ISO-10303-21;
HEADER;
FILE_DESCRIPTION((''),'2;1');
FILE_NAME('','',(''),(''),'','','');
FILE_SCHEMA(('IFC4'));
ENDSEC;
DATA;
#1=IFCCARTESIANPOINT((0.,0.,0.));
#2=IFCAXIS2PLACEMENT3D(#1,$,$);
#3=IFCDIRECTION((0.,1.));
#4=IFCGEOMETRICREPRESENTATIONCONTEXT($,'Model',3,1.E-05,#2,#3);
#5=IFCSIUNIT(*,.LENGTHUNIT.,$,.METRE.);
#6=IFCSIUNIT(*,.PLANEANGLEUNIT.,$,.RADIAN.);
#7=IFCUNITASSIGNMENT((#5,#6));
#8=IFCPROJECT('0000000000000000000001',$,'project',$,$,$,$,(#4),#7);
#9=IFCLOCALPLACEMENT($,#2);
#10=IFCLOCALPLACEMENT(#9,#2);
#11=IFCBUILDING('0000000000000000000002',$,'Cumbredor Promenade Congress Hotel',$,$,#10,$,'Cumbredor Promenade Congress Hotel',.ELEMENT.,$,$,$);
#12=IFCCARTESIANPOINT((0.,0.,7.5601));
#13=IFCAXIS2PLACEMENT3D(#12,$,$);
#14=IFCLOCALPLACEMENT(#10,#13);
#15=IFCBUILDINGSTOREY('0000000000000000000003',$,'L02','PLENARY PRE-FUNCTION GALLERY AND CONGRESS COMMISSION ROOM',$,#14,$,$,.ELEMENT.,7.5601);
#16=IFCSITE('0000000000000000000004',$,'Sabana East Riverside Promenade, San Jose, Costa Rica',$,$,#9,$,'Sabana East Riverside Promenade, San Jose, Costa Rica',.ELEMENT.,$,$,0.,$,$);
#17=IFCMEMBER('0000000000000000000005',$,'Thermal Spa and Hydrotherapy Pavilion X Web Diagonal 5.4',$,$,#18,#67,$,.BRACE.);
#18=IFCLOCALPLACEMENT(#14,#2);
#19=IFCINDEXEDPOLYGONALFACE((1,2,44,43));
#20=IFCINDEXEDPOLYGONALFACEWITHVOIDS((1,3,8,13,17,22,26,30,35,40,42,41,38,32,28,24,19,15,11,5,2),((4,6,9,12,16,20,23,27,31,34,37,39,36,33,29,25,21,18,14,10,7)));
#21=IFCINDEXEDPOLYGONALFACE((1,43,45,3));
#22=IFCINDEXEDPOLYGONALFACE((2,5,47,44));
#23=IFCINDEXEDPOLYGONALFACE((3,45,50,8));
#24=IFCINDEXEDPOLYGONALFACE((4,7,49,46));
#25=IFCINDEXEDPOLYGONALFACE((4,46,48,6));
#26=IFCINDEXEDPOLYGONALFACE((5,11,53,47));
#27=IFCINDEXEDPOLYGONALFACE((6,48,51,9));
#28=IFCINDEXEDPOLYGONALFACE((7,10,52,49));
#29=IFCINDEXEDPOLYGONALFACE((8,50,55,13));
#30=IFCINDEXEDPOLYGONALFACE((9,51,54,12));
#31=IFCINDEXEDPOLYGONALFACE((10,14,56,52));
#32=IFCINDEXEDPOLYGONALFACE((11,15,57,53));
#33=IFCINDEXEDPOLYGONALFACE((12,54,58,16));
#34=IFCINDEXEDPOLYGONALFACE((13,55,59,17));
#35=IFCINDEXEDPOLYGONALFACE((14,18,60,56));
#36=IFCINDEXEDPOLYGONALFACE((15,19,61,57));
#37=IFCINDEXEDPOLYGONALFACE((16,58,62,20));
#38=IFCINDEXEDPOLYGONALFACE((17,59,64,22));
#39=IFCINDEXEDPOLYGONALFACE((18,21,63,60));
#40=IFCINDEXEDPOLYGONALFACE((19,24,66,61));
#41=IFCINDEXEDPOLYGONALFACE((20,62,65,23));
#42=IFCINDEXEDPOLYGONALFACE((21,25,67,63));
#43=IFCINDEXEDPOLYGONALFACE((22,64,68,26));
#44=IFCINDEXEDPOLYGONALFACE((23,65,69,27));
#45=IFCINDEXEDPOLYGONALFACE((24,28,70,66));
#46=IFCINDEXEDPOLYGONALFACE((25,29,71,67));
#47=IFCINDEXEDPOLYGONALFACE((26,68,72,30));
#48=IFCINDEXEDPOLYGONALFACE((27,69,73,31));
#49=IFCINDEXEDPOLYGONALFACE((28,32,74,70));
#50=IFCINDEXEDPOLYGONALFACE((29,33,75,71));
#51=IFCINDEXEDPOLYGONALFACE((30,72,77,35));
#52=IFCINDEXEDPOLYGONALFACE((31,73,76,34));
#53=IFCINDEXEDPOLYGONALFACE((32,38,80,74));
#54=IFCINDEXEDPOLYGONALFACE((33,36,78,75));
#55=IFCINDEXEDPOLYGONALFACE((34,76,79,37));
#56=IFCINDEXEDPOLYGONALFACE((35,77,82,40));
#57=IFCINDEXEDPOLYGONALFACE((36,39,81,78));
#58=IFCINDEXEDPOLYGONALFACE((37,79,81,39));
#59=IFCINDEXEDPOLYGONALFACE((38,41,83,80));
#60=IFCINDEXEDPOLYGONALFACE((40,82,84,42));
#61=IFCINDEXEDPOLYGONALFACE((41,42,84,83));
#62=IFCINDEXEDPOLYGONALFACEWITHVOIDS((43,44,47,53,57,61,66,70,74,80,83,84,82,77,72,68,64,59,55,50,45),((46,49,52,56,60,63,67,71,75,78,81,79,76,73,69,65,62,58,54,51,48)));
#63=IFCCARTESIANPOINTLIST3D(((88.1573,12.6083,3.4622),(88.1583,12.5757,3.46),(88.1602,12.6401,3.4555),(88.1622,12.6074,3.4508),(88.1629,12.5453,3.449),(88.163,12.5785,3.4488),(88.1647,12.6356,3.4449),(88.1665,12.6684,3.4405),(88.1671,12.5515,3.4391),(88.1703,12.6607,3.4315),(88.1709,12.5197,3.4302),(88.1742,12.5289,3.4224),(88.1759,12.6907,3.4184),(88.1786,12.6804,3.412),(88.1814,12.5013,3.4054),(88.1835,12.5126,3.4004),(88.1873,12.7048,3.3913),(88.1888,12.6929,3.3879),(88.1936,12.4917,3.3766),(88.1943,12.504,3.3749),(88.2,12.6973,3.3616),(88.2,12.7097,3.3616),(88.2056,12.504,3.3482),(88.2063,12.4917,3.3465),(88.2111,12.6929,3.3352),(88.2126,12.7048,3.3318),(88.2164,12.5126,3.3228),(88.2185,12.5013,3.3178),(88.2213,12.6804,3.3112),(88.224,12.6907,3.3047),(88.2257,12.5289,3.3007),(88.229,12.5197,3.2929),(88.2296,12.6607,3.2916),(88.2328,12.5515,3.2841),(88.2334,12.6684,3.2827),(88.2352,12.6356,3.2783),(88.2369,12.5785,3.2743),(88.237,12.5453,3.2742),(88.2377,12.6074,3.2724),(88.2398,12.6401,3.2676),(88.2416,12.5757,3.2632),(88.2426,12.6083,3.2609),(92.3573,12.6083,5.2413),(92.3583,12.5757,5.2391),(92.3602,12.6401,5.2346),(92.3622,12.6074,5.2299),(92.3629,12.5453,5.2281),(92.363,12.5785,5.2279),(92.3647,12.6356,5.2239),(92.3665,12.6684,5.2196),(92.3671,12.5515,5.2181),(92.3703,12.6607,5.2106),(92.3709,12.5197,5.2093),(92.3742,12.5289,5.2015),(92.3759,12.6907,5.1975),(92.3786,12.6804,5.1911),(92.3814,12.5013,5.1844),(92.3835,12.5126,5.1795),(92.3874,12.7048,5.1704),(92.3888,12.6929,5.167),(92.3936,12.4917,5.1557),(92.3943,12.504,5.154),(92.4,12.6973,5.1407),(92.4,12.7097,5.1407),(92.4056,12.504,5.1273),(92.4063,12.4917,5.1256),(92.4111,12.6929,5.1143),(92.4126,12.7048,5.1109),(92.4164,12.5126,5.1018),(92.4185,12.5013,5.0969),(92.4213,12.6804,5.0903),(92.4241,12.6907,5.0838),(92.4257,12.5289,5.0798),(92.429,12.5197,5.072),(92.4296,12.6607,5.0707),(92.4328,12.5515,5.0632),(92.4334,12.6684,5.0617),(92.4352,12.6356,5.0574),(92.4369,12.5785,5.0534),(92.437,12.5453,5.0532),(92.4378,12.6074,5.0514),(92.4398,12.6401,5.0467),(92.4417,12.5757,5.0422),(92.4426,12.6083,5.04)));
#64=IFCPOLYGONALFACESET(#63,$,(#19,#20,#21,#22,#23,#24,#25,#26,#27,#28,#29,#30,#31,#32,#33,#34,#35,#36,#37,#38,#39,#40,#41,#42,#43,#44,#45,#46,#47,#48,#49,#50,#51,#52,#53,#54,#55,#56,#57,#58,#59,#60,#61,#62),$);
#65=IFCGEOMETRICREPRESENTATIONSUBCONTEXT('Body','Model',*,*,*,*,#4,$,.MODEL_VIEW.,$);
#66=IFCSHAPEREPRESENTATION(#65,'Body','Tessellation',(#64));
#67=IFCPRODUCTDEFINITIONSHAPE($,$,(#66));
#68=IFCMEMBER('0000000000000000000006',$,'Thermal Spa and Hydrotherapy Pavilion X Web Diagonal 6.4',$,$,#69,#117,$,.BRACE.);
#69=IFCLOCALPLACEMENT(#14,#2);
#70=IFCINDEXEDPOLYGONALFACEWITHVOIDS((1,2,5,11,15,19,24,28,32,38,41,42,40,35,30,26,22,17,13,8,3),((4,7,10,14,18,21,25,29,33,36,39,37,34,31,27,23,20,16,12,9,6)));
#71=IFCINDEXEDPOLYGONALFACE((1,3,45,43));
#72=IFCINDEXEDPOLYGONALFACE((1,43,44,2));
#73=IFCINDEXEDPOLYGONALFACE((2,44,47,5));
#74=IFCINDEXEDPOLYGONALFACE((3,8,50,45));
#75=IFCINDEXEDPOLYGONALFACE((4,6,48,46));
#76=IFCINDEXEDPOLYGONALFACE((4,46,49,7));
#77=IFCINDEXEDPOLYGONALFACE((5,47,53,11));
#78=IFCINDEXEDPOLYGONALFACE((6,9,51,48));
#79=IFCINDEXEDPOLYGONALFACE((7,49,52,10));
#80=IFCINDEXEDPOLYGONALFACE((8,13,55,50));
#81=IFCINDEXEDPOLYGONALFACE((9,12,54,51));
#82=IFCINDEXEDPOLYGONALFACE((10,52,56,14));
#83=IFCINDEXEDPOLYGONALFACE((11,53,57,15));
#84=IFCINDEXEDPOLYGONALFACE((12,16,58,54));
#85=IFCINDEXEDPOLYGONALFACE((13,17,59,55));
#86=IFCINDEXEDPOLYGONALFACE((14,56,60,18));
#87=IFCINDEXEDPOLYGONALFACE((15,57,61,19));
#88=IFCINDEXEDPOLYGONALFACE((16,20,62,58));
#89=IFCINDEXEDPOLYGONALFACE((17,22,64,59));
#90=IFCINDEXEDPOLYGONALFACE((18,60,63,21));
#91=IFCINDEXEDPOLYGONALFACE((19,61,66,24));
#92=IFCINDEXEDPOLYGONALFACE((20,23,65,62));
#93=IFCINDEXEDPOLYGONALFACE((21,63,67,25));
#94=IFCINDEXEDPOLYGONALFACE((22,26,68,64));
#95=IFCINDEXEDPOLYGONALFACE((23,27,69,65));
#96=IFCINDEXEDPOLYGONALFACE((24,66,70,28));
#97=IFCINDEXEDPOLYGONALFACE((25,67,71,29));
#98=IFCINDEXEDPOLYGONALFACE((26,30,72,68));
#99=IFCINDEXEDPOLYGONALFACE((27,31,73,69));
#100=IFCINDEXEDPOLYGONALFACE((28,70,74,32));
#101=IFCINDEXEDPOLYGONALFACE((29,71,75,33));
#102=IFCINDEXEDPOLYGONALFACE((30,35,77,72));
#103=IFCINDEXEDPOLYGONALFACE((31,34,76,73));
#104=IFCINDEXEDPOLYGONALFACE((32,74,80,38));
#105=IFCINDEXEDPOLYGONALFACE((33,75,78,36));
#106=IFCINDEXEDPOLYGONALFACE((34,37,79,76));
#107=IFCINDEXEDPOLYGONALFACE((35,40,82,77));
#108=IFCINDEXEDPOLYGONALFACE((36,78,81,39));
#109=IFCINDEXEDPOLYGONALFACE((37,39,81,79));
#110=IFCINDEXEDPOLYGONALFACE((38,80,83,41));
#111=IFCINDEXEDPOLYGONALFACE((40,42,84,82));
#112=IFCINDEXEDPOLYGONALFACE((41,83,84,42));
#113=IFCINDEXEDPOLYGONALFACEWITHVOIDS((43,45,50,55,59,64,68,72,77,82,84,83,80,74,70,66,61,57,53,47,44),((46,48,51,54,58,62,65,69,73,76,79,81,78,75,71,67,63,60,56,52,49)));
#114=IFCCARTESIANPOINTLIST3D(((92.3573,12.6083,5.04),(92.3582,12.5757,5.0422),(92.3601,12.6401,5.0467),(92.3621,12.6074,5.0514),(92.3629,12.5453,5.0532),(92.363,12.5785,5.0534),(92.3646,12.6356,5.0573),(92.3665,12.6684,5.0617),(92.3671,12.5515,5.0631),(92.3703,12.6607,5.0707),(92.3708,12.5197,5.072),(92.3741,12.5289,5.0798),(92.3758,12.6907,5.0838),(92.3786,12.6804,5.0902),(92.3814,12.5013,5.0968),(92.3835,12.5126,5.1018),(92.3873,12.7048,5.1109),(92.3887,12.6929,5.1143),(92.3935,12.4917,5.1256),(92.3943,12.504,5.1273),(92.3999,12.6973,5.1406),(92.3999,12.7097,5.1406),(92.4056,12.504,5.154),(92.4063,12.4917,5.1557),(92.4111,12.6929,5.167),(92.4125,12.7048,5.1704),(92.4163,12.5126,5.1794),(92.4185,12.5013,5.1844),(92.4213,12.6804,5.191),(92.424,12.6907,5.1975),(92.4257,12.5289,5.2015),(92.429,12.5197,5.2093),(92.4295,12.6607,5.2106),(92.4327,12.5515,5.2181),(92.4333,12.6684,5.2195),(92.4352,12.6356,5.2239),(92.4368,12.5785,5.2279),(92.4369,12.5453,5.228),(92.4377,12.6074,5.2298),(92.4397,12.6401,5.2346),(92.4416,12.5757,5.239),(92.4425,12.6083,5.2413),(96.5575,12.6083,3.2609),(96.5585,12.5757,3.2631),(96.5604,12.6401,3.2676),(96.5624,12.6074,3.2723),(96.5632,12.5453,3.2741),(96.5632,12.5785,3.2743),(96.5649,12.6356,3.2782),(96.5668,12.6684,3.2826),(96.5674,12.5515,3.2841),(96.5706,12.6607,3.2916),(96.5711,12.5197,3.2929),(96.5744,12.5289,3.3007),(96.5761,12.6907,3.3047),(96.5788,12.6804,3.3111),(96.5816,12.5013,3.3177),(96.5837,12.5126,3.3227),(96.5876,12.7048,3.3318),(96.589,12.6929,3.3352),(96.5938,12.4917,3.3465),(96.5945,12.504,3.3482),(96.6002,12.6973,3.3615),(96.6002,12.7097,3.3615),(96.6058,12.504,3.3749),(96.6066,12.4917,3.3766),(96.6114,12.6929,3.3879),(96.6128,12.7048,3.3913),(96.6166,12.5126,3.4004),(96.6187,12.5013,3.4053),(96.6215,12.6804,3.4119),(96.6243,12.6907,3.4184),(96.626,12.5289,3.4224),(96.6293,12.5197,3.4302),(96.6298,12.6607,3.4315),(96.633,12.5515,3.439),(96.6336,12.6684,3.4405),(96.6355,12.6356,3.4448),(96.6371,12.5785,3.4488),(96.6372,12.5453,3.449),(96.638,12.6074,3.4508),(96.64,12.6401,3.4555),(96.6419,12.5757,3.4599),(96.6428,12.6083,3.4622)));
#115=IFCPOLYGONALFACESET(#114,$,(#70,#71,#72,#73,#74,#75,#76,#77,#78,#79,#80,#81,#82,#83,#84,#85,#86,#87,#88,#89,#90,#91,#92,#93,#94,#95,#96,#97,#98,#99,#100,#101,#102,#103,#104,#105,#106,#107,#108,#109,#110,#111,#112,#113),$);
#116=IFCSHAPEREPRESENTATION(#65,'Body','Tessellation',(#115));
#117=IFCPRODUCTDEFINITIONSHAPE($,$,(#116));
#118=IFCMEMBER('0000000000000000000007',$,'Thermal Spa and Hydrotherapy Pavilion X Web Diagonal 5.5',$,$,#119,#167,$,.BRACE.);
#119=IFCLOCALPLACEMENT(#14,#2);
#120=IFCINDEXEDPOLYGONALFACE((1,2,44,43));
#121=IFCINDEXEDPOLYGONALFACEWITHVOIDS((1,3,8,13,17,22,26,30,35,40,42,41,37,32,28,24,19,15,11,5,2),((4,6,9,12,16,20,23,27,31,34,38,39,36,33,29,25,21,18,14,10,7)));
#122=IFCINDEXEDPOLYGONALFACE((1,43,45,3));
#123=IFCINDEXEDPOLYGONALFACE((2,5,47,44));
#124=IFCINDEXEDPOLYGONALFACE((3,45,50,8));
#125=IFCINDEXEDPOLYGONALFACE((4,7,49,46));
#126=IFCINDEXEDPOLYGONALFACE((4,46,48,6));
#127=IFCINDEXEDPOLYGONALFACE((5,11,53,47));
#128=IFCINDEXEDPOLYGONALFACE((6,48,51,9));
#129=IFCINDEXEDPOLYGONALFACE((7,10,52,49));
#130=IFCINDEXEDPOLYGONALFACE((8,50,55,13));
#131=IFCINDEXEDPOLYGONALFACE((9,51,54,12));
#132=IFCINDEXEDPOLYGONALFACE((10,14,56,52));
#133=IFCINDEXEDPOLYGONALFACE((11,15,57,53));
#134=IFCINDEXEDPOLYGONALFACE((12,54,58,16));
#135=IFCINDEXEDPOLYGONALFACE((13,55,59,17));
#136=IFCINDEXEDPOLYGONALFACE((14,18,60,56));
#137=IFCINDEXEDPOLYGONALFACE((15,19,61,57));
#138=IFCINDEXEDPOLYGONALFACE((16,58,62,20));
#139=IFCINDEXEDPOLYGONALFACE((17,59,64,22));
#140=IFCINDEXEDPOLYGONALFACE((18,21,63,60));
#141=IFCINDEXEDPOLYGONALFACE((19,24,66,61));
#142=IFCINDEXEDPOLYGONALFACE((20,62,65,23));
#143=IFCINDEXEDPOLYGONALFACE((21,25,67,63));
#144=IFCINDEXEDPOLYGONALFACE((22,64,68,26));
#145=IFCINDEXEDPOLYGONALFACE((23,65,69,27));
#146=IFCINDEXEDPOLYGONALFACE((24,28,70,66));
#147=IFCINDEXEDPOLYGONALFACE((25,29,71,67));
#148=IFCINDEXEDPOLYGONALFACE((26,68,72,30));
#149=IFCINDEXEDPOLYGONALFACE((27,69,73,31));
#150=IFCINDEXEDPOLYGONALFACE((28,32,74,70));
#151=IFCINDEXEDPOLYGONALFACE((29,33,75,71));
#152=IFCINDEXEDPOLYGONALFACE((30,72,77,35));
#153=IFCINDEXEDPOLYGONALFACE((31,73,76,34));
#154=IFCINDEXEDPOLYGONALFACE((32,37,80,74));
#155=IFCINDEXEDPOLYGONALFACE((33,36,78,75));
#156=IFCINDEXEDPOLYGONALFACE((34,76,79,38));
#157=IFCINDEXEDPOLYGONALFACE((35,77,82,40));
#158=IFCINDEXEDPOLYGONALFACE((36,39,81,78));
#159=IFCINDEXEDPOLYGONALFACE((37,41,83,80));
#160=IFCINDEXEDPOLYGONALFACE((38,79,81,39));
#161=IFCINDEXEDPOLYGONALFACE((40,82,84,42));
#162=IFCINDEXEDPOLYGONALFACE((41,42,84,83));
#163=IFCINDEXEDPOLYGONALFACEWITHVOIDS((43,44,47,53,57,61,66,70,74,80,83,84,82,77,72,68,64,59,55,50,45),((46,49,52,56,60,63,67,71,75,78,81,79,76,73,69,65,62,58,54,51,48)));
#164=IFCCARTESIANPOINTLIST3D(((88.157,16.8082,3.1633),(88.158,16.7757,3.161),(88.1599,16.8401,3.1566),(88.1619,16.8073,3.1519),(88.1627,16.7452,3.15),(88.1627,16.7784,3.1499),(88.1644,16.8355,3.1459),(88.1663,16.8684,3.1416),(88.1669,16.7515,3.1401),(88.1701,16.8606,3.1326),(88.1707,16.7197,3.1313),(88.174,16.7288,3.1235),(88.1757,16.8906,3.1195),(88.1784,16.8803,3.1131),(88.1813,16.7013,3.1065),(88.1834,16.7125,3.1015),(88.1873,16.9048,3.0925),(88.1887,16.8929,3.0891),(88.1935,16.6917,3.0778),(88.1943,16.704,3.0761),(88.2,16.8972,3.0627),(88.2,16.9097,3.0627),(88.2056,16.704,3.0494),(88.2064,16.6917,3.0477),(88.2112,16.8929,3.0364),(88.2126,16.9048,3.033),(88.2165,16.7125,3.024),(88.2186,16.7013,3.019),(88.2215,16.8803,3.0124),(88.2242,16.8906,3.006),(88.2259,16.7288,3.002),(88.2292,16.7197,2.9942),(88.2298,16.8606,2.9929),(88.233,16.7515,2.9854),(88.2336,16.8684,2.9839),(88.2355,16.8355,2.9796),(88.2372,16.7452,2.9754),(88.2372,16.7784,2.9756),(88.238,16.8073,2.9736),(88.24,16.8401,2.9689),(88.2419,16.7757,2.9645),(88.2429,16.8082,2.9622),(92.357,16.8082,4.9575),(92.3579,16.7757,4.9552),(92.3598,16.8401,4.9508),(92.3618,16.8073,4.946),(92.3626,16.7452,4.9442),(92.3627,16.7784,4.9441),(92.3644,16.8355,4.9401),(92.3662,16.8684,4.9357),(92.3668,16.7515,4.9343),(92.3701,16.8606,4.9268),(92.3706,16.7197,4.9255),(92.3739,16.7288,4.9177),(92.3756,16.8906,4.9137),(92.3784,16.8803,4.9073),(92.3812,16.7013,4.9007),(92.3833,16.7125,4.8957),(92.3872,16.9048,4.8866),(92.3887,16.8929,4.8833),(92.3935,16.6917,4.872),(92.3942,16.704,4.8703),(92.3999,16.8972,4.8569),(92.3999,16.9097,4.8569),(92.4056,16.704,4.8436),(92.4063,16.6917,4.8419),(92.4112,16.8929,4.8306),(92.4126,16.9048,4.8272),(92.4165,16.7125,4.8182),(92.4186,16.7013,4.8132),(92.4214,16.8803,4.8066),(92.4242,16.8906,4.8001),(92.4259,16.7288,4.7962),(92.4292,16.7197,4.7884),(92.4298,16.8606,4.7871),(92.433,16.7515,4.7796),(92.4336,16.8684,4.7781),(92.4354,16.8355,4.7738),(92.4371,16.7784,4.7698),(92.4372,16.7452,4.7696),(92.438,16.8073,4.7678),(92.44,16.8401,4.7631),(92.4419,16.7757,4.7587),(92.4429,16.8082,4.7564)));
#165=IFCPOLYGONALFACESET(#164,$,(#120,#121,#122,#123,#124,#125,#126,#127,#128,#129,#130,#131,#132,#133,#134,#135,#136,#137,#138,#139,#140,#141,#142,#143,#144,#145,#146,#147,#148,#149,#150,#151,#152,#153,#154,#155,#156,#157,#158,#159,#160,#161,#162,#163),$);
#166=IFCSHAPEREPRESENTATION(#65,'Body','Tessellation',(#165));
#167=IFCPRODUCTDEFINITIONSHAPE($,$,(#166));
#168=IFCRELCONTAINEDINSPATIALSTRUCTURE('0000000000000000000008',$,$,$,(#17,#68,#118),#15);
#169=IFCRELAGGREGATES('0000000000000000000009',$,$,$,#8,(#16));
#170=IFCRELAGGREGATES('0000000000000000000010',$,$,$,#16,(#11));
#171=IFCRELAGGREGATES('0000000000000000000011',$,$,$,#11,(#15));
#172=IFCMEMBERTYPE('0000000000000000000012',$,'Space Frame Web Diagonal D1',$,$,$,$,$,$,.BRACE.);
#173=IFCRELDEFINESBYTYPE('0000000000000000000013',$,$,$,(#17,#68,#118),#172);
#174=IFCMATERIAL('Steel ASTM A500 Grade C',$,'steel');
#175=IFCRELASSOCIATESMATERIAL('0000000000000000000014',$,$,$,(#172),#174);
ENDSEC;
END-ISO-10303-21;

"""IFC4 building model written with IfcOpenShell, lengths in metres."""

from ifc_helpers import new_model, si_unit, direction, frame, origin, origin_2d, place, context, subcontext, project, spatial, hollow_circle, extrude, material, material_profile, profile_set, type_object, element, save


model = new_model("IFC4")

# Units and contexts
model_context = context("Model", 3, precision=1e-05, world=origin(), true_north=direction((0.0, 1.0)))
body_context = subcontext(model_context, "Body", "Model", "MODEL_VIEW")
ifc_project = project(units=[si_unit("LENGTHUNIT", "METRE"), si_unit("PLANEANGLEUNIT", "RADIAN")], contexts=[model_context])

# Site, building, storey
site_placement = place(None, origin())
site = spatial("IfcSite", under=ifc_project, at=site_placement, Name="Sabana East Riverside Promenade, San Jose, Costa Rica", LongName="Sabana East Riverside Promenade, San Jose, Costa Rica", CompositionType="ELEMENT", RefElevation=0.0)
building_placement = place(site_placement, origin())
building = spatial("IfcBuilding", under=site, at=building_placement, Name="Cumbredor Promenade Congress Hotel", LongName="Cumbredor Promenade Congress Hotel", CompositionType="ELEMENT")
storey_placement = place(building_placement, frame((0.0, 0.0, 7.5601)))
storey = spatial("IfcBuildingStorey", under=building, at=storey_placement, Name="L02", Description="PLENARY PRE-FUNCTION GALLERY AND CONGRESS COMMISSION ROOM", CompositionType="ELEMENT", Elevation=7.5601)

# Members
ifc_material_1 = material(Name="Steel ASTM A500 Grade C", Category="steel")
ifc_material_profile_1 = material_profile(ifc_material_1, hollow_circle(Radius=0.1096, WallThickness=0.0125, at=origin_2d()), Name="CHS 219.1x12.5")
ifc_profile_set_1 = profile_set([ifc_material_profile_1], Name="Steel ASTM A500 Grade C")
member_type_1 = type_object("IfcMemberType", Name="Space Frame Web Diagonal D1", PredefinedType="BRACE", material=ifc_profile_set_1)
member_1_placement = place(storey_placement, frame((88.2, 12.6001, 3.3616), z_axis=(0.920798, 0.0, 0.39004), x_axis=(0.0, 1.0, 0.0)))
element("IfcMember", 1, at=member_1_placement, inside=storey, type_object=member_type_1, Name="Thermal Spa and Hydrotherapy Pavilion X Web Diagonal 5.4", PredefinedType="BRACE", context=body_context, shape_type="SweptSolid", body=[
    extrude(hollow_circle(Radius=0.1096, WallThickness=0.0125, at=origin_2d()), origin(), (0.0, 0.0, 1.0), 4.5613),
])
member_2_placement = place(storey_placement, frame((92.3999, 12.6001, 5.1406), z_axis=(0.920806, 0.0, -0.390021), x_axis=(0.0, 1.0, 0.0)))
element("IfcMember", 2, at=member_2_placement, inside=storey, type_object=member_type_1, Name="Thermal Spa and Hydrotherapy Pavilion X Web Diagonal 6.4", PredefinedType="BRACE", context=body_context, shape_type="SweptSolid", body=[
    extrude(hollow_circle(Radius=0.1096, WallThickness=0.0125, at=origin_2d()), origin(), (0.0, 0.0, 1.0), 4.5615),
])
member_3_placement = place(storey_placement, frame((88.2, 16.8, 3.0627), z_axis=(0.919603, 0.0, 0.392848), x_axis=(0.0, 1.0, 0.0)))
element("IfcMember", 3, at=member_3_placement, inside=storey, type_object=member_type_1, Name="Thermal Spa and Hydrotherapy Pavilion X Web Diagonal 5.5", PredefinedType="BRACE", context=body_context, shape_type="SweptSolid", body=[
    extrude(hollow_circle(Radius=0.1096, WallThickness=0.0125, at=origin_2d()), origin(), (0.0, 0.0, 1.0), 4.5671),
])

save(model, "model.ifc")
